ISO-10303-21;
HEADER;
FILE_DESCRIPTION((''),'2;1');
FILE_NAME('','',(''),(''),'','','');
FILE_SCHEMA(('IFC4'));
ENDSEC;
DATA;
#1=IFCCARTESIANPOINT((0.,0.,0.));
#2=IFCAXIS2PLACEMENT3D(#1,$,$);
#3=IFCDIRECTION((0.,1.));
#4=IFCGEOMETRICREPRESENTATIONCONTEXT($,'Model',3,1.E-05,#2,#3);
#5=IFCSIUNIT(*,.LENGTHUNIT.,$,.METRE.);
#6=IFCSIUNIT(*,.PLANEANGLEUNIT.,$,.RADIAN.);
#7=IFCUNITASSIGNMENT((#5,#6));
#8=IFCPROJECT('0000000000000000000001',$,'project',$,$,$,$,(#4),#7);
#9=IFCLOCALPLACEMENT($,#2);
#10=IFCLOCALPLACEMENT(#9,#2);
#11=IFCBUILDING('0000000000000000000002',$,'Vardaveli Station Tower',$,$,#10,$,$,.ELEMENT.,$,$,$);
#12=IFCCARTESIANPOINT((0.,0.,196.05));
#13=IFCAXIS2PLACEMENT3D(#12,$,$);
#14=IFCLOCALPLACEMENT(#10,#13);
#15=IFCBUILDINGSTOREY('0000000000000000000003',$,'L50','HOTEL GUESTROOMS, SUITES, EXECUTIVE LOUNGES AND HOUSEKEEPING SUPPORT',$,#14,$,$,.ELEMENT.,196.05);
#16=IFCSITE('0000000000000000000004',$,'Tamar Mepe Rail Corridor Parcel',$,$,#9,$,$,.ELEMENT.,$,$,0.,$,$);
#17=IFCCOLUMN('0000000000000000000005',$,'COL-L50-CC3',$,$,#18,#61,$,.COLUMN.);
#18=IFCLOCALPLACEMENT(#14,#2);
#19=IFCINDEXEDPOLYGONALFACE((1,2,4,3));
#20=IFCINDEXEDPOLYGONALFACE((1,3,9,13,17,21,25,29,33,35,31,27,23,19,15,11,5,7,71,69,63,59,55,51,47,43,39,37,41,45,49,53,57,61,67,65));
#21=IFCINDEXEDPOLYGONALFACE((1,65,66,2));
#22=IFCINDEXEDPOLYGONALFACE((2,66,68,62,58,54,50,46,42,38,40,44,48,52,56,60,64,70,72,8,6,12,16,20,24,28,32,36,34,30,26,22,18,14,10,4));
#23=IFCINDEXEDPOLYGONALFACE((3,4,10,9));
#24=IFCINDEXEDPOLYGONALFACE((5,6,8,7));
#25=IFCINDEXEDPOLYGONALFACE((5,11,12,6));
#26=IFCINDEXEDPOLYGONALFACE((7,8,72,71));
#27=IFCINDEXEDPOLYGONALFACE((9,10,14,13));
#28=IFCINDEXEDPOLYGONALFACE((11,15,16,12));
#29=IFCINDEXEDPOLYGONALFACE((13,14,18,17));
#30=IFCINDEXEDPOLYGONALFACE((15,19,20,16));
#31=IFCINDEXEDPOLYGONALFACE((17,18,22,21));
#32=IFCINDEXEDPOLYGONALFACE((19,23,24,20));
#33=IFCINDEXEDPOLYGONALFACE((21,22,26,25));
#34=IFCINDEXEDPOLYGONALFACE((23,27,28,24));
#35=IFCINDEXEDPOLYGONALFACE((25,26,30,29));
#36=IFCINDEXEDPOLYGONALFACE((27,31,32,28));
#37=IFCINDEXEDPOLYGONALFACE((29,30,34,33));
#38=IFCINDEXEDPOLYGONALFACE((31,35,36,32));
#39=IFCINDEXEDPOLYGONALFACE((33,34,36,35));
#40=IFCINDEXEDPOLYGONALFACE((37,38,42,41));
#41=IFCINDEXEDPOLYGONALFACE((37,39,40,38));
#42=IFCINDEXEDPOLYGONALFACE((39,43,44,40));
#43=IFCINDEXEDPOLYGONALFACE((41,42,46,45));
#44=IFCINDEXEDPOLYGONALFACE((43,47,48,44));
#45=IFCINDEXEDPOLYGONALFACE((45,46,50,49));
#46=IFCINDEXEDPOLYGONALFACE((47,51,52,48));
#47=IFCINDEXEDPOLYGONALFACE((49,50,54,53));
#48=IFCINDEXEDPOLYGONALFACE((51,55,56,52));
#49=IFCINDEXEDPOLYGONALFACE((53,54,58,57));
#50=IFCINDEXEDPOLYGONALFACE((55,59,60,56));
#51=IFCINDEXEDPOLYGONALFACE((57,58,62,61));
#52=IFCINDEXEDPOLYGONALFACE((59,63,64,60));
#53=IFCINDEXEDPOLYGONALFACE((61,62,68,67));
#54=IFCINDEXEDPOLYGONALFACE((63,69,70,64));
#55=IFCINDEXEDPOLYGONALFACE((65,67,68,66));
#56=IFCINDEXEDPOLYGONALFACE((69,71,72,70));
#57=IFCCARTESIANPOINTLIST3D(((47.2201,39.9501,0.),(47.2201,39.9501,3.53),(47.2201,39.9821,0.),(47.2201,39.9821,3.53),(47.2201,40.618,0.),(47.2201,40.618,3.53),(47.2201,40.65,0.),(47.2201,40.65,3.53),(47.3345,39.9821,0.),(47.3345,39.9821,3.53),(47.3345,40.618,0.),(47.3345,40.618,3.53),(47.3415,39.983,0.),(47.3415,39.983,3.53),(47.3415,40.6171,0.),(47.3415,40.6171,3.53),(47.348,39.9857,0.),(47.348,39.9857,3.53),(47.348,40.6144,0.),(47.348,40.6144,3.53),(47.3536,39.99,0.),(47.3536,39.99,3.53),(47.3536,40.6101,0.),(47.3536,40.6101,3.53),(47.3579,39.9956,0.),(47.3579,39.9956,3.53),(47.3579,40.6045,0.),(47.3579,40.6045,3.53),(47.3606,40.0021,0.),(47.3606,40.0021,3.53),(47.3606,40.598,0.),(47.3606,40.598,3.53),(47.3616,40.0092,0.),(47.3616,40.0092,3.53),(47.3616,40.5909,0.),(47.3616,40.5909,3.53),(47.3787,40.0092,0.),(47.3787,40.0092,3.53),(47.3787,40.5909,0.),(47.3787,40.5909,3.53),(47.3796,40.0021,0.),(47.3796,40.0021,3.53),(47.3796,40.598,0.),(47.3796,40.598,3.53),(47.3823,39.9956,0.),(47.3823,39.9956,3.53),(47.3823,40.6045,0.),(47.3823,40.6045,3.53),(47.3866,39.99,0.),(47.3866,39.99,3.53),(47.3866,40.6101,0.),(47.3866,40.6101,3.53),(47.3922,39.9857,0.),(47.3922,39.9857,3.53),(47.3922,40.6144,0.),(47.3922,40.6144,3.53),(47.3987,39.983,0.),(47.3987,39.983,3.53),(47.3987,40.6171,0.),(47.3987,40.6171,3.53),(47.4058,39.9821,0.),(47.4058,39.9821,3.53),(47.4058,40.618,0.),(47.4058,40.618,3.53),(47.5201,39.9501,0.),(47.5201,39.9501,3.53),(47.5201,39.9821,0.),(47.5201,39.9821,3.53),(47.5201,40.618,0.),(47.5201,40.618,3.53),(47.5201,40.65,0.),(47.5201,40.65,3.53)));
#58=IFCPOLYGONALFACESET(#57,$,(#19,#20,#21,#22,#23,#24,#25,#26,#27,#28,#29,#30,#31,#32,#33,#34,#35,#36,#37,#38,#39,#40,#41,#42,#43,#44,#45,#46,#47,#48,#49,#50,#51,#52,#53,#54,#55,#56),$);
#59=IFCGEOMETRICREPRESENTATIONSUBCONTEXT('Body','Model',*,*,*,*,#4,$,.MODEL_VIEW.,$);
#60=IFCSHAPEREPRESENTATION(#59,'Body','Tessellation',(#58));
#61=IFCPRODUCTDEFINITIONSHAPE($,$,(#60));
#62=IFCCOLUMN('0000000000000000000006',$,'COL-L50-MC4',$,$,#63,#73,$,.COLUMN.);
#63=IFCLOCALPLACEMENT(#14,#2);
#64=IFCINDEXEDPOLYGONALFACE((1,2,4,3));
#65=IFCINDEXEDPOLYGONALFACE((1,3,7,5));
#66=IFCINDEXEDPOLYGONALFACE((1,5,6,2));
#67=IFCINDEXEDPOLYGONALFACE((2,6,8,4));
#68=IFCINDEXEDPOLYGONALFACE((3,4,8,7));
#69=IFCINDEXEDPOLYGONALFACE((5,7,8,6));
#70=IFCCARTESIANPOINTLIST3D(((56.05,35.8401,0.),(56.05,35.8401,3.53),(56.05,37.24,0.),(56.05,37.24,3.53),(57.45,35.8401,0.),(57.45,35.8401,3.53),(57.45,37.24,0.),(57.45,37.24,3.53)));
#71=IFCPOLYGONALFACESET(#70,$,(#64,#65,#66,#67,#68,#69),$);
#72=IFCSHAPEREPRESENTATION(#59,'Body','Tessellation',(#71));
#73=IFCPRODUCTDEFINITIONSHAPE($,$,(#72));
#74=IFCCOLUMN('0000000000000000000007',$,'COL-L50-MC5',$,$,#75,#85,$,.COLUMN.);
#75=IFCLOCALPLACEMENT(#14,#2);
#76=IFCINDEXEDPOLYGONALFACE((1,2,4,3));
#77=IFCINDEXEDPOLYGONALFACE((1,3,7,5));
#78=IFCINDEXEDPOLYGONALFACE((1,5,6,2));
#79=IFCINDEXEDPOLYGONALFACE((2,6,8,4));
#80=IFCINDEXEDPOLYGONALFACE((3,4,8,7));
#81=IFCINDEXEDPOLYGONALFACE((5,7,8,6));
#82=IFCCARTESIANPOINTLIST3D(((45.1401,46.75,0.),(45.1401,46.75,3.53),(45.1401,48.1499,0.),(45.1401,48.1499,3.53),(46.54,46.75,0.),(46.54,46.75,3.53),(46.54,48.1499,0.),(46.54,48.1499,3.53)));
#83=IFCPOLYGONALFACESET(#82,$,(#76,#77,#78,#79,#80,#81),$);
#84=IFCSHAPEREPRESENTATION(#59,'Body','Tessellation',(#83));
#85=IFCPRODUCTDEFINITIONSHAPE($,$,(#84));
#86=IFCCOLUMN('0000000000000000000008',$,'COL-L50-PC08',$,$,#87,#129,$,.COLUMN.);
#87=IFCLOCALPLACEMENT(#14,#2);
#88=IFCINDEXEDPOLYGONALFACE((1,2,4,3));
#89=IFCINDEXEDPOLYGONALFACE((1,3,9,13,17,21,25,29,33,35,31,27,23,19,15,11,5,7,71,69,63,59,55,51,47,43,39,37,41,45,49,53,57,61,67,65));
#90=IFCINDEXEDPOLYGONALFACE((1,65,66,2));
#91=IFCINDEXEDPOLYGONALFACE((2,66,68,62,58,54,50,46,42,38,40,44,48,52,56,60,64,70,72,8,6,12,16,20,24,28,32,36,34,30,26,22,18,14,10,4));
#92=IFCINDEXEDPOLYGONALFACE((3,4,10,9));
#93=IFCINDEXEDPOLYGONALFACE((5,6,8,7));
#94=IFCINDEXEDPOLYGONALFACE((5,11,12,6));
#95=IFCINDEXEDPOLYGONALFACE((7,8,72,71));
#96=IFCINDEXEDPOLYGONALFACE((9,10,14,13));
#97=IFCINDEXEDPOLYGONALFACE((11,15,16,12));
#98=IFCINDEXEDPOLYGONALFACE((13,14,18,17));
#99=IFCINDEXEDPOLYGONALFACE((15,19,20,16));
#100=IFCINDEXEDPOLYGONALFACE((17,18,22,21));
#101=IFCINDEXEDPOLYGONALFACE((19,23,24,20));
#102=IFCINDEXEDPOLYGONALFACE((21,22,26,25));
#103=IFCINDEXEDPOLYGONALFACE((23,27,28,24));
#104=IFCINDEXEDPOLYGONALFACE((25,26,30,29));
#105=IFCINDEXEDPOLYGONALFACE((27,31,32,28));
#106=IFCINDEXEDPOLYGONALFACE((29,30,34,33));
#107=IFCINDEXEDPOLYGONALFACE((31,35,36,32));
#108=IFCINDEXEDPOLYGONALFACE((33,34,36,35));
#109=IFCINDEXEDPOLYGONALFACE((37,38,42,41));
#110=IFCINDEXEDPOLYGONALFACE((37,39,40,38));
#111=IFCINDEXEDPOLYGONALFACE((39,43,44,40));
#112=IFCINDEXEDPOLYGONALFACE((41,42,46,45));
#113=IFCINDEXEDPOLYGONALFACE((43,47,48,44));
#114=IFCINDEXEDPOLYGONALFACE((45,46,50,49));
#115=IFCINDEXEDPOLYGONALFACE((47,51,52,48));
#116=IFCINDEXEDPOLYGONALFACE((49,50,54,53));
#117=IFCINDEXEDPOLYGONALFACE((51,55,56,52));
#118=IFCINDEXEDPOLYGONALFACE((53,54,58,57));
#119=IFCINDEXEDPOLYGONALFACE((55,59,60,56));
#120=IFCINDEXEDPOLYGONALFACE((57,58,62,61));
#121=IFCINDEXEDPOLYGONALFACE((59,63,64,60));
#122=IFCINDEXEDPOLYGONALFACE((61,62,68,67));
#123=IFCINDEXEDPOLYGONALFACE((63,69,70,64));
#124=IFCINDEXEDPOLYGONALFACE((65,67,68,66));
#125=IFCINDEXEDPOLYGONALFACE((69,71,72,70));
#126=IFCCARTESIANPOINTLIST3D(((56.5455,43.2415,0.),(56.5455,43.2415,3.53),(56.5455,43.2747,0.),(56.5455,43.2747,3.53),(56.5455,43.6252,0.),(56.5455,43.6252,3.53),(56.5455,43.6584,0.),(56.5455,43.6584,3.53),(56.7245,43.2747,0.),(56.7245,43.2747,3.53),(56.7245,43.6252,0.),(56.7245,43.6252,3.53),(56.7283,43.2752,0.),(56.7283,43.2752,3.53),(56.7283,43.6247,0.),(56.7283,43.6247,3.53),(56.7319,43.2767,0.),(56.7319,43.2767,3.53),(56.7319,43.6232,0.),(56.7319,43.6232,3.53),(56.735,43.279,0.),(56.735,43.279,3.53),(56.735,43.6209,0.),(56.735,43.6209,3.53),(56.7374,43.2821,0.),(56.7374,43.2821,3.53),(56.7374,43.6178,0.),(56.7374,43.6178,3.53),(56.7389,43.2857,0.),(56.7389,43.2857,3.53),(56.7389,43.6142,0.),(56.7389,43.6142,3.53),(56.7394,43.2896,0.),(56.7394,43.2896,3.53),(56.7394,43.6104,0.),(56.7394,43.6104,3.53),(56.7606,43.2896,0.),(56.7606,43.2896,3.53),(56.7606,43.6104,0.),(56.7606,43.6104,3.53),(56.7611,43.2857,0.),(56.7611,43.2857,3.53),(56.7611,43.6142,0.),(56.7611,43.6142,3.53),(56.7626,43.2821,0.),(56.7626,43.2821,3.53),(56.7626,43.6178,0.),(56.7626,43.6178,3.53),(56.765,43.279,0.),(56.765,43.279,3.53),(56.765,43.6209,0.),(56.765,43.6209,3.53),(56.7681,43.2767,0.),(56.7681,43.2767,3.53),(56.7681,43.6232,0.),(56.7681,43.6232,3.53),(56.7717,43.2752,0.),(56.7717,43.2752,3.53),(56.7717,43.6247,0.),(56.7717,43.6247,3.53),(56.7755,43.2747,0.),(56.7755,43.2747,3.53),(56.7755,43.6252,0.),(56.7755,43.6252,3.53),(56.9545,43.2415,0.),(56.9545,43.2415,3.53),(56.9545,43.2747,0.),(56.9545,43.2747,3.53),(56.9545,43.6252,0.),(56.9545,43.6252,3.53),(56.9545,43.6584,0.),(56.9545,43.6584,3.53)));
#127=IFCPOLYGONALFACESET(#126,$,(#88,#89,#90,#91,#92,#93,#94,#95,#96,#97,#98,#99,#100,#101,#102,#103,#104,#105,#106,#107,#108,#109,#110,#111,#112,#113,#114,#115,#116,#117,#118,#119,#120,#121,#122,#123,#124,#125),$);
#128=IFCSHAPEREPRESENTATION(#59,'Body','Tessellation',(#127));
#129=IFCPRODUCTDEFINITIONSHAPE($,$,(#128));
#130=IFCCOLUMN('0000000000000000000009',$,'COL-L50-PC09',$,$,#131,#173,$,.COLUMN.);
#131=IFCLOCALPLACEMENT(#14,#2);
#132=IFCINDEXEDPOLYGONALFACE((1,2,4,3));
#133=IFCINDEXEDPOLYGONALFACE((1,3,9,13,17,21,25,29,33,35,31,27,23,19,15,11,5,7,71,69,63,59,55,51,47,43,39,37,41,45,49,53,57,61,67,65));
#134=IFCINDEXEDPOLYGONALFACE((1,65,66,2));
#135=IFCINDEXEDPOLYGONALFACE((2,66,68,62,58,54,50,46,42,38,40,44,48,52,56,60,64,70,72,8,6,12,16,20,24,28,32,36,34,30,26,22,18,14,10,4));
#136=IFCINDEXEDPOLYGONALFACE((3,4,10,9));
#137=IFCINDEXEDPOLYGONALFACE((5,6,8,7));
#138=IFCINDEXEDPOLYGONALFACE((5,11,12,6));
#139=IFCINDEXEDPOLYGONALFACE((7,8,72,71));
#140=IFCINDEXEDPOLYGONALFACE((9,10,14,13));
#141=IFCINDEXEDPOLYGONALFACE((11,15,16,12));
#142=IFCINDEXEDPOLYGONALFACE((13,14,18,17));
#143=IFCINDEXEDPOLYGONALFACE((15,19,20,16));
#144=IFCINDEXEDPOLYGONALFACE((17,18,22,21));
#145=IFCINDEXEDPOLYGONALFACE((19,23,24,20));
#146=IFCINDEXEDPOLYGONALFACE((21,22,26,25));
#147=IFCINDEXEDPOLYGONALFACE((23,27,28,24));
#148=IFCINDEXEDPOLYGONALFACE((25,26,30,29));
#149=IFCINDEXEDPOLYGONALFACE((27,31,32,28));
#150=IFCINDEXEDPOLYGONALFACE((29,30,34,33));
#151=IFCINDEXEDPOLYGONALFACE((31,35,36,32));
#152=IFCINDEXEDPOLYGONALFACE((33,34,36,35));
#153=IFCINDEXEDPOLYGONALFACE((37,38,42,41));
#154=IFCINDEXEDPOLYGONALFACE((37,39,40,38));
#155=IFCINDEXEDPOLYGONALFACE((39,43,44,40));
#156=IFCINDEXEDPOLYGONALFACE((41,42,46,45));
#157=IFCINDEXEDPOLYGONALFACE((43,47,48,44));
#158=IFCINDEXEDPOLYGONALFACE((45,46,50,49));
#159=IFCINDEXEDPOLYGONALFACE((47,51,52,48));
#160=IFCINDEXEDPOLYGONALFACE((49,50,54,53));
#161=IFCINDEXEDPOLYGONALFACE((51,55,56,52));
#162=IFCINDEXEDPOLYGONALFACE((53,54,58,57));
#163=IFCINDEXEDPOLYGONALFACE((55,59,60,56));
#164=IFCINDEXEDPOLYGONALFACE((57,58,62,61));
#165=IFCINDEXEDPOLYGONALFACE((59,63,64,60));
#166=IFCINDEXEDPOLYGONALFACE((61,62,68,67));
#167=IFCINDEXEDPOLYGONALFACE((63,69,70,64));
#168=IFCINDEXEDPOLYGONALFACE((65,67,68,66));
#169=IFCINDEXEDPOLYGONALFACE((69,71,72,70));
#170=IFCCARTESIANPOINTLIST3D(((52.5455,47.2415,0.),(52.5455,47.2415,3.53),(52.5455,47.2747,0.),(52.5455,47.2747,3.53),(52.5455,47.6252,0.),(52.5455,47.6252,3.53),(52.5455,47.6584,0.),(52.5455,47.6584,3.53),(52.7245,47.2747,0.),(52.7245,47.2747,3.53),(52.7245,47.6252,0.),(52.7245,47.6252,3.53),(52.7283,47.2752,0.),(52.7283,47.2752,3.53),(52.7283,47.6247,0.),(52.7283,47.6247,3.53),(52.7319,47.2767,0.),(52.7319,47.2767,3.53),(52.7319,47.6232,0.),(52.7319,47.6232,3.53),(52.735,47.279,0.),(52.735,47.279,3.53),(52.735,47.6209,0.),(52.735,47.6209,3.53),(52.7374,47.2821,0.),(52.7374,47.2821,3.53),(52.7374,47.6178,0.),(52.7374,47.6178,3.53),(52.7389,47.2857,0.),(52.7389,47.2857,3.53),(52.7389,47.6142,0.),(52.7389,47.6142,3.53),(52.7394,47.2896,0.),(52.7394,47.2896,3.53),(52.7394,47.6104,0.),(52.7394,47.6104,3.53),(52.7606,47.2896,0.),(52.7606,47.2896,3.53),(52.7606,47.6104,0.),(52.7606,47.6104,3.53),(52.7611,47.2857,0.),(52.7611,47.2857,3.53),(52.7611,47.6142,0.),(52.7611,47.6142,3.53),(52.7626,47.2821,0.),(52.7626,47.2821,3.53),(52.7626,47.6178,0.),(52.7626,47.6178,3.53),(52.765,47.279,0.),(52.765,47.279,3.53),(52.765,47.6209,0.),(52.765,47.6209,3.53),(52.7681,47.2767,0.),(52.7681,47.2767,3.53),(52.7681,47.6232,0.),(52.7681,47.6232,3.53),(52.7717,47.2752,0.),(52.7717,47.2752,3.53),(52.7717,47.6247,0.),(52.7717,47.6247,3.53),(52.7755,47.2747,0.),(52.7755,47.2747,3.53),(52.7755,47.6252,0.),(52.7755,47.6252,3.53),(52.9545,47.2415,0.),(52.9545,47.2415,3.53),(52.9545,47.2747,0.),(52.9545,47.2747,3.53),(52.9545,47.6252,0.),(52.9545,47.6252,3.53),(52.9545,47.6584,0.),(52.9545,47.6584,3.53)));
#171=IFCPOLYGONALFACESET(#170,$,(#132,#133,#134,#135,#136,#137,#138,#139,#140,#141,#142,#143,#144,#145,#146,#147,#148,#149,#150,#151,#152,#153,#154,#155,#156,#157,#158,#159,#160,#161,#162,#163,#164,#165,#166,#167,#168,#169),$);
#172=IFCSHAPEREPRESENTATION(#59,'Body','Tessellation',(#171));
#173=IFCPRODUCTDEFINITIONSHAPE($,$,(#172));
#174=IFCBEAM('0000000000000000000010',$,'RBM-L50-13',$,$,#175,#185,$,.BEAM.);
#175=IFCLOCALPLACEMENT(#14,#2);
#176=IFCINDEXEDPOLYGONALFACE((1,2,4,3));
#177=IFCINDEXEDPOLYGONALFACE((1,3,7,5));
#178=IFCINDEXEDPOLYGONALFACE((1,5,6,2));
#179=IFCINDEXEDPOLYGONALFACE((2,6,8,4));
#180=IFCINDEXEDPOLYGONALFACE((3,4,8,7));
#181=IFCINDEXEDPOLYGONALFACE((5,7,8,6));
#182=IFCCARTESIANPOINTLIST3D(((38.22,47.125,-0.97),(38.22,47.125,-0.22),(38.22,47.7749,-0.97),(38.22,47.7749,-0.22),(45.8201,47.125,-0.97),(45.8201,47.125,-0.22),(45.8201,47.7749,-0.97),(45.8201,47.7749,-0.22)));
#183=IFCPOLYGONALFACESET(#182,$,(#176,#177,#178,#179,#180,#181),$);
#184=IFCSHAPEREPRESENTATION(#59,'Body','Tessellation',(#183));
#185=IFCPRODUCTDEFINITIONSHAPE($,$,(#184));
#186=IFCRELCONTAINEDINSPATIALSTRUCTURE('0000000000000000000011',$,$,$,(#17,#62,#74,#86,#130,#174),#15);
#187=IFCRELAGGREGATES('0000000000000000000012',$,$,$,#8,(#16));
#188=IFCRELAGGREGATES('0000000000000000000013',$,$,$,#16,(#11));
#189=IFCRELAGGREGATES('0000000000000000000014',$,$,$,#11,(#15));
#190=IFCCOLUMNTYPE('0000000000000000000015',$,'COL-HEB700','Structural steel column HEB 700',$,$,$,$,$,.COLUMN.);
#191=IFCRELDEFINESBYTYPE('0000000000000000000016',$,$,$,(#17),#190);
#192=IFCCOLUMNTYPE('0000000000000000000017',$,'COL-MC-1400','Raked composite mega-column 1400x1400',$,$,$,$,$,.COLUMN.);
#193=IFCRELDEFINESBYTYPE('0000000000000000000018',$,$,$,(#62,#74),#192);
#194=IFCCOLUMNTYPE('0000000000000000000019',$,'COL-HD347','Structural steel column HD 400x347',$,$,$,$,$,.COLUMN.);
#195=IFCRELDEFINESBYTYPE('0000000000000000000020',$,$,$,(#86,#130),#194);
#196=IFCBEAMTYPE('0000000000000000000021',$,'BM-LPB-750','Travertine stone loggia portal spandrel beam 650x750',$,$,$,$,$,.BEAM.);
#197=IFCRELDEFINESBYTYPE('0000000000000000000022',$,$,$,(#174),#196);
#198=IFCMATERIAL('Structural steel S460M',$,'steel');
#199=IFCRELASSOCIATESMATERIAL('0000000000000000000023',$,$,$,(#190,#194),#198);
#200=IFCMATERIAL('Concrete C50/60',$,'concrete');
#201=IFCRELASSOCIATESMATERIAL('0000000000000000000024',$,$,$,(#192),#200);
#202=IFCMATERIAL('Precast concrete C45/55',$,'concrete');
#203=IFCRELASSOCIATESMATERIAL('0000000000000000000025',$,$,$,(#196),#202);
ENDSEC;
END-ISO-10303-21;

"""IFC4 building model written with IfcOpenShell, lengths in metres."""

from ifc_helpers import new_model, si_unit, direction, frame, origin, origin_2d, place, context, subcontext, project, spatial, rectangle, i_section, extrude, source, transform, mapped, material, material_profile, profile_set, type_object, element, save


model = new_model("IFC4")

# Units and contexts
model_context = context("Model", 3, precision=1e-05, world=origin(), true_north=direction((0.0, 1.0)))
body_context = subcontext(model_context, "Body", "Model", "MODEL_VIEW")
ifc_project = project(units=[si_unit("LENGTHUNIT", "METRE"), si_unit("PLANEANGLEUNIT", "RADIAN")], contexts=[model_context])

# Site, building, storey
site_placement = place(None, origin())
site = spatial("IfcSite", under=ifc_project, at=site_placement, Name="Tamar Mepe Rail Corridor Parcel", CompositionType="ELEMENT", RefElevation=0.0)
building_placement = place(site_placement, origin())
building = spatial("IfcBuilding", under=site, at=building_placement, Name="Vardaveli Station Tower", CompositionType="ELEMENT")
storey_placement = place(building_placement, frame((0.0, 0.0, 196.05)))
storey = spatial("IfcBuildingStorey", under=building, at=storey_placement, Name="L50", Description="HOTEL GUESTROOMS, SUITES, EXECUTIVE LOUNGES AND HOUSEKEEPING SUPPORT", CompositionType="ELEMENT", Elevation=196.05)

# Columns
ifc_material_1 = material(Name="Structural steel S460M", Category="steel")
ifc_material_profile_1 = material_profile(ifc_material_1, i_section(OverallWidth=0.3, OverallDepth=0.7, WebThickness=0.0171, FlangeThickness=0.032, FilletRadius=0.0271, at=origin_2d()), Name="HEB 700")
ifc_profile_set_1 = profile_set([ifc_material_profile_1], Name="Structural steel S460M")
column_type_1 = type_object("IfcColumnType", Name="COL-HEB700", Description="Structural steel column HEB 700", PredefinedType="COLUMN", material=ifc_profile_set_1)
shared_shape_1 = source(origin(), body_context, "Body", "SweptSolid", [
    extrude(i_section(OverallWidth=0.3, OverallDepth=0.7, WebThickness=0.0171, FlangeThickness=0.032, FilletRadius=0.0271, at=origin_2d()), origin(), (0.0, 0.0, 1.0), 3.53),
])
column_placement = place(storey_placement, frame((47.3701, 40.3, 0.0), z_axis=(0.0, 0.0, 1.0), x_axis=(1.0, 0.0, 0.0)))
element("IfcColumn", 1, at=column_placement, inside=storey, type_object=column_type_1, Name="COL-L50-CC3", PredefinedType="COLUMN", context=body_context, shape_type="MappedRepresentation", body=[
    mapped(shared_shape_1, transform((0.0, 0.0, 0.0), scale=1.0)),
])
ifc_material_2 = material(Name="Concrete C50/60", Category="concrete")
ifc_material_profile_2 = material_profile(ifc_material_2, rectangle(XDim=1.3999, YDim=1.3999, at=origin_2d()), Name="MC 1400x1400")
ifc_profile_set_2 = profile_set([ifc_material_profile_2], Name="Concrete C50/60")
column_type_2 = type_object("IfcColumnType", Name="COL-MC-1400", Description="Raked composite mega-column 1400x1400", PredefinedType="COLUMN", material=ifc_profile_set_2)
shared_shape_2 = source(origin(), body_context, "Body", "SweptSolid", [
    extrude(rectangle(XDim=1.3999, YDim=1.3999, at=origin_2d()), origin(), (0.0, 0.0, 1.0), 3.53),
])
for number, where, z_axis, x_axis, name in (
    (2, (56.75, 36.54, 0.0), (0.0, 0.0, 1.0), (1.0, 0.0, 0.0), "COL-L50-MC4"),
    (3, (45.8401, 47.45, 0.0), (0.0, 0.0, 1.0), (1.0, 0.0, 0.0), "COL-L50-MC5"),
):
    element("IfcColumn", number, at=place(storey_placement, frame(where, z_axis=z_axis, x_axis=x_axis)), inside=storey, type_object=column_type_2, Name=name, PredefinedType="COLUMN", context=body_context, shape_type="MappedRepresentation", body=[
        mapped(shared_shape_2, transform((0.0, 0.0, 0.0), scale=1.0)),
    ])
ifc_material_profile_3 = material_profile(ifc_material_1, i_section(OverallWidth=0.4089, OverallDepth=0.417, WebThickness=0.0212, FlangeThickness=0.0332, FilletRadius=0.0149, at=origin_2d()), Name="HD 400x347")
ifc_profile_set_3 = profile_set([ifc_material_profile_3], Name="Structural steel S460M")
column_type_3 = type_object("IfcColumnType", Name="COL-HD347", Description="Structural steel column HD 400x347", PredefinedType="COLUMN", material=ifc_profile_set_3)
shared_shape_3 = source(origin(), body_context, "Body", "SweptSolid", [
    extrude(i_section(OverallWidth=0.4089, OverallDepth=0.417, WebThickness=0.0212, FlangeThickness=0.0332, FilletRadius=0.0149, at=origin_2d()), origin(), (0.0, 0.0, 1.0), 3.53),
])
for number, where, z_axis, x_axis, name in (
    (4, (56.75, 43.45, 0.0), (0.0, 0.0, 1.0), (1.0, 0.0, 0.0), "COL-L50-PC08"),
    (5, (52.75, 47.45, 0.0), (0.0, 0.0, 1.0), (1.0, 0.0, 0.0), "COL-L50-PC09"),
):
    element("IfcColumn", number, at=place(storey_placement, frame(where, z_axis=z_axis, x_axis=x_axis)), inside=storey, type_object=column_type_3, Name=name, PredefinedType="COLUMN", context=body_context, shape_type="MappedRepresentation", body=[
        mapped(shared_shape_3, transform((0.0, 0.0, 0.0), scale=1.0)),
    ])

# Beam
ifc_material_3 = material(Name="Precast concrete C45/55", Category="concrete")
ifc_material_profile_4 = material_profile(ifc_material_3, rectangle(XDim=0.6499, YDim=0.75, at=origin_2d()), Name="LPB 650x750")
ifc_profile_set_4 = profile_set([ifc_material_profile_4], Name="Precast concrete C45/55")
beam_type = type_object("IfcBeamType", Name="BM-LPB-750", Description="Travertine stone loggia portal spandrel beam 650x750", PredefinedType="BEAM", material=ifc_profile_set_4)
shared_shape_4 = source(origin(), body_context, "Body", "SweptSolid", [
    extrude(rectangle(XDim=0.6499, YDim=0.75, at=origin_2d()), origin(), (0.0, 0.0, 1.0), 7.6001),
])
beam_1_placement = place(storey_placement, frame((45.8201, 47.45, -0.595), z_axis=(-1.0, 0.0, 0.0), x_axis=(0.0, -1.0, 0.0)))
element("IfcBeam", 6, at=beam_1_placement, inside=storey, type_object=beam_type, Name="RBM-L50-13", PredefinedType="BEAM", context=body_context, shape_type="MappedRepresentation", body=[
    mapped(shared_shape_4, transform((0.0, 0.0, 0.0), scale=1.0)),
])

save(model, "model.ifc")
